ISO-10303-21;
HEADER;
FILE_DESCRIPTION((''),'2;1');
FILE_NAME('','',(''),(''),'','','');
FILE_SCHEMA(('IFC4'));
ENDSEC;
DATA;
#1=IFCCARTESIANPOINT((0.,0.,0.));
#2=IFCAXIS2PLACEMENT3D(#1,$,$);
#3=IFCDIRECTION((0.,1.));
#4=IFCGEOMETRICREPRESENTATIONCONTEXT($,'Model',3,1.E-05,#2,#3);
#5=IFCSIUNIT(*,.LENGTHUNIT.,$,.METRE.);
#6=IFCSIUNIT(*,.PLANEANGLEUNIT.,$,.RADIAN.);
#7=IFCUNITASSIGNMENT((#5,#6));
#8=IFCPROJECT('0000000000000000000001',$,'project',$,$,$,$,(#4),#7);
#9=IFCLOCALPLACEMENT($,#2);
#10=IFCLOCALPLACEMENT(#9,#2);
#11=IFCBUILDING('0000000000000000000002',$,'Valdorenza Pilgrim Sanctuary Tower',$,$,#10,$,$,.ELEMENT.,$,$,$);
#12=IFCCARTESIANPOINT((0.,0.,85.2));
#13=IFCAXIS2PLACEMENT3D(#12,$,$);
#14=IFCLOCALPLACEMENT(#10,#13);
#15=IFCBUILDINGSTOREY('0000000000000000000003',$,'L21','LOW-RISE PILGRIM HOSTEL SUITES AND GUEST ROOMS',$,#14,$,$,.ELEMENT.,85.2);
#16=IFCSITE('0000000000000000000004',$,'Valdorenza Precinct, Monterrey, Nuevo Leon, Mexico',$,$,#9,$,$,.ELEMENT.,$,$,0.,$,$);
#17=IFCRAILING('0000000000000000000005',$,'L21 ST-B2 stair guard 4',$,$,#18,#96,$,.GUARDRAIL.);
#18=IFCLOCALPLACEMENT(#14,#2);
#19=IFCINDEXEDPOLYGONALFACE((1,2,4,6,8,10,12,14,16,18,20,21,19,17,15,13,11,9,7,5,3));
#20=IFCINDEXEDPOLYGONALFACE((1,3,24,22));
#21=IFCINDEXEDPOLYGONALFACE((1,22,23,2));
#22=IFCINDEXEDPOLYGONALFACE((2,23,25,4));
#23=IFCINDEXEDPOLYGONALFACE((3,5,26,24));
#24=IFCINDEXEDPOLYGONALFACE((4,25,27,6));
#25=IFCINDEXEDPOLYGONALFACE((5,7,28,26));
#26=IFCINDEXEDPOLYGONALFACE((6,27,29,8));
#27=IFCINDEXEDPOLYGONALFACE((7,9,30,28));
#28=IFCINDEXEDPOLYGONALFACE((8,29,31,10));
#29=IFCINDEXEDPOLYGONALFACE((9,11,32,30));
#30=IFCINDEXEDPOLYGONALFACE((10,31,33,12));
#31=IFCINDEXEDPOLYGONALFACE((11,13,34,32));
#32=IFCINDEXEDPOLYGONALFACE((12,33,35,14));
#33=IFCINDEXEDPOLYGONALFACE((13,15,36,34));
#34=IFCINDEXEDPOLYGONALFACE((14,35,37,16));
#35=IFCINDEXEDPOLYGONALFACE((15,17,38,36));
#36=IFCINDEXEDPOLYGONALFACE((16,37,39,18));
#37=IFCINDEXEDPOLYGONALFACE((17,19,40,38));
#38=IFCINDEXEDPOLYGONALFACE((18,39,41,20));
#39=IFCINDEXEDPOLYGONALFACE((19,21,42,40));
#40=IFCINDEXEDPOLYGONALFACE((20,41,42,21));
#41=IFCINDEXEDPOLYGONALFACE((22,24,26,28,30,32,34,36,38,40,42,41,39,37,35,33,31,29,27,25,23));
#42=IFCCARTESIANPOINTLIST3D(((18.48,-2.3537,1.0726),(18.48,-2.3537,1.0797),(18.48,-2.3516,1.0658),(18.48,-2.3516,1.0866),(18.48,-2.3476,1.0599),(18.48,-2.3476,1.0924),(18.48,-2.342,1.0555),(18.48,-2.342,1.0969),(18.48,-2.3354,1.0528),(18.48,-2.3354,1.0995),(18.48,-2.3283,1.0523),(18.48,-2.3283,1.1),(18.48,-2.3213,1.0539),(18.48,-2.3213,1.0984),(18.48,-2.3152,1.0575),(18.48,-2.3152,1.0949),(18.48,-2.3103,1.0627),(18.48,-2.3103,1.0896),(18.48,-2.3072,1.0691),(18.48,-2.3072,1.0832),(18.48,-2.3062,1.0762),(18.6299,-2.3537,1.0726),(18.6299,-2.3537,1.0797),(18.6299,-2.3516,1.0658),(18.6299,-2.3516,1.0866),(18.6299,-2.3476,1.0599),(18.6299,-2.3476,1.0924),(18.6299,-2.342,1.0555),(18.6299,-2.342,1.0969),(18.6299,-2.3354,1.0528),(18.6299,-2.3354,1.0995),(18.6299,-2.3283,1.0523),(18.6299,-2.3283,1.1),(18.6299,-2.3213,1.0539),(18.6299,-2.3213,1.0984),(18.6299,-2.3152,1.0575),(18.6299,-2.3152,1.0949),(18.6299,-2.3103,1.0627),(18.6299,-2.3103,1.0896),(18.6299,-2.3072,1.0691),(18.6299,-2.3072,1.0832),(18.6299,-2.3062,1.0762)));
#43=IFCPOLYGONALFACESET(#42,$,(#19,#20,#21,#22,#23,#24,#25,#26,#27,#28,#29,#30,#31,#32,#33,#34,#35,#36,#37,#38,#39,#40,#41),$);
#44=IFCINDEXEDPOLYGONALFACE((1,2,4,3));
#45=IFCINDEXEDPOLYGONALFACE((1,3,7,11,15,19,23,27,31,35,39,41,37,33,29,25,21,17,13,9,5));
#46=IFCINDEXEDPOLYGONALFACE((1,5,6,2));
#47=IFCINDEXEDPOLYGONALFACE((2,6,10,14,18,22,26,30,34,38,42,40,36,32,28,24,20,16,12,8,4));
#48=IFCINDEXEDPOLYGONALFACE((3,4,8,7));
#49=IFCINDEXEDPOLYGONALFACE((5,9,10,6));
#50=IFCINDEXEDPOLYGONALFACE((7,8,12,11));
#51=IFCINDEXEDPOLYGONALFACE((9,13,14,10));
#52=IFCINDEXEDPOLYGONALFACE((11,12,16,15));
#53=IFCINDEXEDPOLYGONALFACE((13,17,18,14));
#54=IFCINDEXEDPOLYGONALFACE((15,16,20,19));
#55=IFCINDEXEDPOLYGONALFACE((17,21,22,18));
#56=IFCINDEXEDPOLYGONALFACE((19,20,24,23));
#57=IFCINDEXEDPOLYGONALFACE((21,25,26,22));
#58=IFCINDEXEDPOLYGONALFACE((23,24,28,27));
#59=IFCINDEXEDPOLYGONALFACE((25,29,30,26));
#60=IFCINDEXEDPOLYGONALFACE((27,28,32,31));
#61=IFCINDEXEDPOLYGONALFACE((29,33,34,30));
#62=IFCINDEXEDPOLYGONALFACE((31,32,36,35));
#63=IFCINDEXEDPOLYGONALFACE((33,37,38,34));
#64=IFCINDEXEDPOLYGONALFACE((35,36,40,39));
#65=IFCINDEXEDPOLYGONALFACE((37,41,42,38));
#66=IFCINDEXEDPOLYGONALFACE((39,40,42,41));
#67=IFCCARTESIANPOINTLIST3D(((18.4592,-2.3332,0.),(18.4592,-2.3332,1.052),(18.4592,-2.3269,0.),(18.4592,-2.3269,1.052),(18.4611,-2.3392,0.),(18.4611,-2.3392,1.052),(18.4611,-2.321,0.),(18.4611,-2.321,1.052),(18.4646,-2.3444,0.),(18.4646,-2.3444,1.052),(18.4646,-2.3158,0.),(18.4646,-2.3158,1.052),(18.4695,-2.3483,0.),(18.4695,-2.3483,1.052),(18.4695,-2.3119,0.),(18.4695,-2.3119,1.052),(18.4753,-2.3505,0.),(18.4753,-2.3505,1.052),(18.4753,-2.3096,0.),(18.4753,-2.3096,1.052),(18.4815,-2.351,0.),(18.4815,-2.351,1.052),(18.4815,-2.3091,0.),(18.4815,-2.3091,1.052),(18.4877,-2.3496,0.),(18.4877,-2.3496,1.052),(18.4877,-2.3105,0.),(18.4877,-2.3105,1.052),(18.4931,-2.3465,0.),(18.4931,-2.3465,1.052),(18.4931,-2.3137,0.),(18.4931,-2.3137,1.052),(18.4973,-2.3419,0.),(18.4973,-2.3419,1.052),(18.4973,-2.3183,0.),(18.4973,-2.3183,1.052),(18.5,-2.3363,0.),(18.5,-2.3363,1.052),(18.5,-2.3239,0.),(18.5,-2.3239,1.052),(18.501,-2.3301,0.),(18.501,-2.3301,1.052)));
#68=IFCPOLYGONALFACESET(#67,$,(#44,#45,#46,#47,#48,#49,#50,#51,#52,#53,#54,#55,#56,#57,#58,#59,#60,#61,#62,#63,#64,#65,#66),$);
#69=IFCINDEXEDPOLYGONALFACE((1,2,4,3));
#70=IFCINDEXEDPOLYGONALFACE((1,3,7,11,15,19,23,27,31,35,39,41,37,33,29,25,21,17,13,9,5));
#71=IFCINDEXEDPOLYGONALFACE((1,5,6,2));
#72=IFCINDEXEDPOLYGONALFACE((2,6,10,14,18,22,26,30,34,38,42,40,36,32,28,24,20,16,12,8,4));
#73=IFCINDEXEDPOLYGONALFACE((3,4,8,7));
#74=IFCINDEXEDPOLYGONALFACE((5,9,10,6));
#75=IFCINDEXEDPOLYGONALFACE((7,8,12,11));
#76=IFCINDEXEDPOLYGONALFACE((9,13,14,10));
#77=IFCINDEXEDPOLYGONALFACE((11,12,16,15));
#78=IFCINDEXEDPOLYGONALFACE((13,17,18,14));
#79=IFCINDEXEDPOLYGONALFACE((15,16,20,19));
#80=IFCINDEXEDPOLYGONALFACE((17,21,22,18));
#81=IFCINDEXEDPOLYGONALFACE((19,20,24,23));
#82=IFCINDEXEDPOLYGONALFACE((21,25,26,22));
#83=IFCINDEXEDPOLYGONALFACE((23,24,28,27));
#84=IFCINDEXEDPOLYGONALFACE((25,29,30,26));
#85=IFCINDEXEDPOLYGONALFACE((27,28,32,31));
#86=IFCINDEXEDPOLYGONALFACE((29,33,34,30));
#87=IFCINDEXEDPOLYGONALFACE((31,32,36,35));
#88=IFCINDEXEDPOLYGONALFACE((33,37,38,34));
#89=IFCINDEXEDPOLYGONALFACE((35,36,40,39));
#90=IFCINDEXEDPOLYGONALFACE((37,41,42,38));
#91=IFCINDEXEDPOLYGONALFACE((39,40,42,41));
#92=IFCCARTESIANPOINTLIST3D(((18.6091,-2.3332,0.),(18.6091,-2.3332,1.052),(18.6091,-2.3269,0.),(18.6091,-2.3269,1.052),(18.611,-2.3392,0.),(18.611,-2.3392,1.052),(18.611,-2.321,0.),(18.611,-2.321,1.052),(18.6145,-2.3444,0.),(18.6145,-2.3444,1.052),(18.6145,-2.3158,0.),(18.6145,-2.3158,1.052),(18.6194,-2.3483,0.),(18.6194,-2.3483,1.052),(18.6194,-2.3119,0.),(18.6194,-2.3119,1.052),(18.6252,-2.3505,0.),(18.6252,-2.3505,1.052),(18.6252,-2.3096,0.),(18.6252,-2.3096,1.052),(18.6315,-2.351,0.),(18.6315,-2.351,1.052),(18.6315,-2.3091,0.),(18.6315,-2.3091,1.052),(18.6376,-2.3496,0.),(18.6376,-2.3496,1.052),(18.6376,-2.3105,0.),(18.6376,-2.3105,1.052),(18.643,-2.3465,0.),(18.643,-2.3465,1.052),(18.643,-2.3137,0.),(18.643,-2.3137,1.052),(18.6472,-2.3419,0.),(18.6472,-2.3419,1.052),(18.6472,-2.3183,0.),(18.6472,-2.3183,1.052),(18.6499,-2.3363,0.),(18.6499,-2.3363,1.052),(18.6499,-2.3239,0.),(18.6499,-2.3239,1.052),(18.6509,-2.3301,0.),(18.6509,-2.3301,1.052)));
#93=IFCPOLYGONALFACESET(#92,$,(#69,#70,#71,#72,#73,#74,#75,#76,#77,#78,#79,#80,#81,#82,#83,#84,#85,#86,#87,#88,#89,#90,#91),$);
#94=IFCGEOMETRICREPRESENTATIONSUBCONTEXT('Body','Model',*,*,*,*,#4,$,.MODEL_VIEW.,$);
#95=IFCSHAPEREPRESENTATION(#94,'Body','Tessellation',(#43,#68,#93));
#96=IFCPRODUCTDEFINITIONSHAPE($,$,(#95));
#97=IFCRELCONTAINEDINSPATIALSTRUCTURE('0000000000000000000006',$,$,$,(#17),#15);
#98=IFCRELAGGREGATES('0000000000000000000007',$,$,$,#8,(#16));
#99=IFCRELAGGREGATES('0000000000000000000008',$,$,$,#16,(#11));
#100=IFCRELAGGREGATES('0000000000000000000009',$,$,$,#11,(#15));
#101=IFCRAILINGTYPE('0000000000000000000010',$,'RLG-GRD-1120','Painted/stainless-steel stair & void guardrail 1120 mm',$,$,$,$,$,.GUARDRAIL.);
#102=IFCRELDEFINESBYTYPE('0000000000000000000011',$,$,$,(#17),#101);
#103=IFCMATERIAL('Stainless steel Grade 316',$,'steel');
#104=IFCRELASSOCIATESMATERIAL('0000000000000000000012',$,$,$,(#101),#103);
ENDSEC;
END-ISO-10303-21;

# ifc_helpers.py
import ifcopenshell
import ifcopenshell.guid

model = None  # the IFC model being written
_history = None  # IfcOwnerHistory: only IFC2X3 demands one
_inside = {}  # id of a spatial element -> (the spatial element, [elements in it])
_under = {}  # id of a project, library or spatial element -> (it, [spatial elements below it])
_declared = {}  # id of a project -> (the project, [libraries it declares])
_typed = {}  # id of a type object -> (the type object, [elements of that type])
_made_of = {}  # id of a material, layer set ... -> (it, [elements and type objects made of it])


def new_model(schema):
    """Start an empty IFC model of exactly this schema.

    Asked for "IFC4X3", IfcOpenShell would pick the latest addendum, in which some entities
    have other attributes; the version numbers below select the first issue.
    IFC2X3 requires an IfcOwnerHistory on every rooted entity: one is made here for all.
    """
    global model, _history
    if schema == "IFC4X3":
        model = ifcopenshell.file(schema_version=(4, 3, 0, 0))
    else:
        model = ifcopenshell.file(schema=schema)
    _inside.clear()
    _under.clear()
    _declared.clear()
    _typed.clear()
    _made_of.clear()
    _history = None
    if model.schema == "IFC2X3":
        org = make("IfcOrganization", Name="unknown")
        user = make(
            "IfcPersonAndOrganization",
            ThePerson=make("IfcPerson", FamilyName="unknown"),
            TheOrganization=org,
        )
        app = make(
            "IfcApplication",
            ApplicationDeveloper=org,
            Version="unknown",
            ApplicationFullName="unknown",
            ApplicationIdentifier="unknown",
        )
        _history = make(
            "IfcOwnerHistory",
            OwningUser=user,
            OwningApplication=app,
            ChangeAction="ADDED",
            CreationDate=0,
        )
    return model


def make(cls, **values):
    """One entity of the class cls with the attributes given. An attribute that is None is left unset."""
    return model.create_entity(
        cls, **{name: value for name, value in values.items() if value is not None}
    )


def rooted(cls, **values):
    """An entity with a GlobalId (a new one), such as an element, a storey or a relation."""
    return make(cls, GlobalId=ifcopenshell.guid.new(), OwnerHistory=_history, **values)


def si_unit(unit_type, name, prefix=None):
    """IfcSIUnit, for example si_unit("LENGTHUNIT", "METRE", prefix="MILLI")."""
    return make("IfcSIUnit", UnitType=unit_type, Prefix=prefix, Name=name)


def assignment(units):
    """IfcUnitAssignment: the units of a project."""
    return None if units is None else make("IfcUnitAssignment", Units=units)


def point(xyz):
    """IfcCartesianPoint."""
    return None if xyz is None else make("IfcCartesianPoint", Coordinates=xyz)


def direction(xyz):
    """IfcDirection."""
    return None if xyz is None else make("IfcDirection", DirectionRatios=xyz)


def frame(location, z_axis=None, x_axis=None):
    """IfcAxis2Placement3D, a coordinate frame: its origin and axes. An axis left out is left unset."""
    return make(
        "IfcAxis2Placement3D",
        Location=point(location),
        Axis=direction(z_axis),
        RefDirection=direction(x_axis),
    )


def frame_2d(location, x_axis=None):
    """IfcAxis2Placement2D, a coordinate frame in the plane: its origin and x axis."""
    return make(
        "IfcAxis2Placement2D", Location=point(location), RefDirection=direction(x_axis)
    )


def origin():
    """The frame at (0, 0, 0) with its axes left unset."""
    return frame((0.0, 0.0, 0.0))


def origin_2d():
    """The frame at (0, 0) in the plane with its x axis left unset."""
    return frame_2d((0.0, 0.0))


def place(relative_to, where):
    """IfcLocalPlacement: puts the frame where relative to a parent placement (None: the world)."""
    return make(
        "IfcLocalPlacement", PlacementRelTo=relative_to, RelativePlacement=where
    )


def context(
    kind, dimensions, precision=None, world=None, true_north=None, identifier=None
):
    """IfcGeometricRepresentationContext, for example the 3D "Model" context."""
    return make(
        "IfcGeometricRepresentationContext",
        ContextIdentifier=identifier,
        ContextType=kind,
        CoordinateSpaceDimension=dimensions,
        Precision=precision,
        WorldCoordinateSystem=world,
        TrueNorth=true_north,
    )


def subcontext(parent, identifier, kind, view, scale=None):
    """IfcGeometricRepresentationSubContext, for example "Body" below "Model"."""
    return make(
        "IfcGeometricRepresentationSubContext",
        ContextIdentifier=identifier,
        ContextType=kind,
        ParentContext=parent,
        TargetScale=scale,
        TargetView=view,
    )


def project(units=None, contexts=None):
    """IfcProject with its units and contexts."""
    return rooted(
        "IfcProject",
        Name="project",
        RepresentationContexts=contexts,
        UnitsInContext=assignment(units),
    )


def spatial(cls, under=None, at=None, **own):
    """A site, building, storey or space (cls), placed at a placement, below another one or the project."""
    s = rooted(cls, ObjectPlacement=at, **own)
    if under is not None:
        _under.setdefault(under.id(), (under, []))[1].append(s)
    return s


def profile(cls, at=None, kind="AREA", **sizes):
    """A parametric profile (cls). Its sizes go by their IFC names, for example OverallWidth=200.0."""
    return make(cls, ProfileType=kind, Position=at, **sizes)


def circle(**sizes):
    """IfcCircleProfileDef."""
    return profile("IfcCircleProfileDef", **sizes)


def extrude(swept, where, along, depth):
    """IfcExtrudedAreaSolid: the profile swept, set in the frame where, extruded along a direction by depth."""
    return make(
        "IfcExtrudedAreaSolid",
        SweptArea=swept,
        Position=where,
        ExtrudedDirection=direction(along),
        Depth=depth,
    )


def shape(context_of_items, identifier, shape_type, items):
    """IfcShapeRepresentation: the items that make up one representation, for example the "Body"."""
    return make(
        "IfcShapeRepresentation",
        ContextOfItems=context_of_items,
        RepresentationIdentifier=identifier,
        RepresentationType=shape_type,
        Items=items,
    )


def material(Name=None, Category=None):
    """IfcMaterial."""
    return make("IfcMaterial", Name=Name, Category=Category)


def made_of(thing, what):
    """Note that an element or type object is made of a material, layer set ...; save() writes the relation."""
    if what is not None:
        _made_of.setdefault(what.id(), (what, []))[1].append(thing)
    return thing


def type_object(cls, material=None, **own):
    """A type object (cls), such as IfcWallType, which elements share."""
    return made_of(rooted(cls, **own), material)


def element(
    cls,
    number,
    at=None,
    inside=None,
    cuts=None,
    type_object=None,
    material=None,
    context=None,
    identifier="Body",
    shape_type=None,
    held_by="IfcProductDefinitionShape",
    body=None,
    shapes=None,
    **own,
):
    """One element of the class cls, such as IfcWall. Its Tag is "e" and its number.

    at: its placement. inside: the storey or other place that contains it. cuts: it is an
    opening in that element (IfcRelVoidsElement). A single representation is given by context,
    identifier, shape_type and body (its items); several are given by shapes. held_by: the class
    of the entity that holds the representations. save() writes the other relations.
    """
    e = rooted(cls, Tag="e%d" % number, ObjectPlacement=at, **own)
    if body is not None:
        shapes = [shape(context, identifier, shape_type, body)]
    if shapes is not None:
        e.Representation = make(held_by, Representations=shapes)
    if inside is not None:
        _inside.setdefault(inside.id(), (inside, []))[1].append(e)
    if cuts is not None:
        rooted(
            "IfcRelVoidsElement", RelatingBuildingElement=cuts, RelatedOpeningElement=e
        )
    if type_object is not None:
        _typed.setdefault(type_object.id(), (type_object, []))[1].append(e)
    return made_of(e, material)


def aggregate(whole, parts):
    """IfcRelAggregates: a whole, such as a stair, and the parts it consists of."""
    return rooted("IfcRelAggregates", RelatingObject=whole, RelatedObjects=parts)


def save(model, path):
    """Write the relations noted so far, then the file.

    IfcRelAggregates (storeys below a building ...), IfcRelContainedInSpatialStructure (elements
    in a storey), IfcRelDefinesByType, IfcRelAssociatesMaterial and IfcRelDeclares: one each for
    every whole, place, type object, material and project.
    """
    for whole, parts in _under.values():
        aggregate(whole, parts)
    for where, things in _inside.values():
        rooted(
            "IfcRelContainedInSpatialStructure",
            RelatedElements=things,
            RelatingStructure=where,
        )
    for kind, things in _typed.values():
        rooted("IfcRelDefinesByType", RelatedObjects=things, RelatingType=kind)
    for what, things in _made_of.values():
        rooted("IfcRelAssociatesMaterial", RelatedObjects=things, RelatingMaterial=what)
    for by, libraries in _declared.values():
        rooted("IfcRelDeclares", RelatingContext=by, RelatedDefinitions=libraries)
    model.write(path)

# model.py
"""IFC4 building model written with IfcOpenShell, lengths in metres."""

from ifc_helpers import new_model, si_unit, direction, frame, origin, origin_2d, place, context, subcontext, project, spatial, circle, extrude, material, type_object, element, save


model = new_model("IFC4")

# Units and contexts
model_context = context("Model", 3, precision=1e-05, world=origin(), true_north=direction((0.0, 1.0)))
body_context = subcontext(model_context, "Body", "Model", "MODEL_VIEW")
ifc_project = project(units=[si_unit("LENGTHUNIT", "METRE"), si_unit("PLANEANGLEUNIT", "RADIAN")], contexts=[model_context])

# Site, building, storey
site_placement = place(None, origin())
site = spatial("IfcSite", under=ifc_project, at=site_placement, Name="Valdorenza Precinct, Monterrey, Nuevo Leon, Mexico", CompositionType="ELEMENT", RefElevation=0.0)
building_placement = place(site_placement, origin())
building = spatial("IfcBuilding", under=site, at=building_placement, Name="Valdorenza Pilgrim Sanctuary Tower", CompositionType="ELEMENT")
storey_placement = place(building_placement, frame((0.0, 0.0, 85.2)))
storey = spatial("IfcBuildingStorey", under=building, at=storey_placement, Name="L21", Description="LOW-RISE PILGRIM HOSTEL SUITES AND GUEST ROOMS", CompositionType="ELEMENT", Elevation=85.2)

# Railing
ifc_material_1 = material(Name="Stainless steel Grade 316", Category="steel")
railing_type_1 = type_object("IfcRailingType", Name="RLG-GRD-1120", Description="Painted/stainless-steel stair & void guardrail 1120 mm", PredefinedType="GUARDRAIL", material=ifc_material_1)
railing_1_placement = place(storey_placement, frame((18.48, -2.3301, 0.0)))
element("IfcRailing", 1, at=railing_1_placement, inside=storey, type_object=railing_type_1, Name="L21 ST-B2 stair guard 4", PredefinedType="GUARDRAIL", context=body_context, shape_type="SweptSolid", body=[
    extrude(circle(Radius=0.0239, at=origin_2d()), frame((0.0, 0.0, 1.0762), z_axis=(1.0, 0.0, 0.0), x_axis=(0.0, 1.0, 0.0)), (0.0, 0.0, 1.0), 0.1499),
    extrude(circle(Radius=0.021, at=origin_2d()), origin(), (0.0, 0.0, 1.0), 1.052),
    extrude(circle(Radius=0.021, at=origin_2d()), frame((0.1499, 0.0, 0.0)), (0.0, 0.0, 1.0), 1.052),
])

save(model, "model.ifc")
